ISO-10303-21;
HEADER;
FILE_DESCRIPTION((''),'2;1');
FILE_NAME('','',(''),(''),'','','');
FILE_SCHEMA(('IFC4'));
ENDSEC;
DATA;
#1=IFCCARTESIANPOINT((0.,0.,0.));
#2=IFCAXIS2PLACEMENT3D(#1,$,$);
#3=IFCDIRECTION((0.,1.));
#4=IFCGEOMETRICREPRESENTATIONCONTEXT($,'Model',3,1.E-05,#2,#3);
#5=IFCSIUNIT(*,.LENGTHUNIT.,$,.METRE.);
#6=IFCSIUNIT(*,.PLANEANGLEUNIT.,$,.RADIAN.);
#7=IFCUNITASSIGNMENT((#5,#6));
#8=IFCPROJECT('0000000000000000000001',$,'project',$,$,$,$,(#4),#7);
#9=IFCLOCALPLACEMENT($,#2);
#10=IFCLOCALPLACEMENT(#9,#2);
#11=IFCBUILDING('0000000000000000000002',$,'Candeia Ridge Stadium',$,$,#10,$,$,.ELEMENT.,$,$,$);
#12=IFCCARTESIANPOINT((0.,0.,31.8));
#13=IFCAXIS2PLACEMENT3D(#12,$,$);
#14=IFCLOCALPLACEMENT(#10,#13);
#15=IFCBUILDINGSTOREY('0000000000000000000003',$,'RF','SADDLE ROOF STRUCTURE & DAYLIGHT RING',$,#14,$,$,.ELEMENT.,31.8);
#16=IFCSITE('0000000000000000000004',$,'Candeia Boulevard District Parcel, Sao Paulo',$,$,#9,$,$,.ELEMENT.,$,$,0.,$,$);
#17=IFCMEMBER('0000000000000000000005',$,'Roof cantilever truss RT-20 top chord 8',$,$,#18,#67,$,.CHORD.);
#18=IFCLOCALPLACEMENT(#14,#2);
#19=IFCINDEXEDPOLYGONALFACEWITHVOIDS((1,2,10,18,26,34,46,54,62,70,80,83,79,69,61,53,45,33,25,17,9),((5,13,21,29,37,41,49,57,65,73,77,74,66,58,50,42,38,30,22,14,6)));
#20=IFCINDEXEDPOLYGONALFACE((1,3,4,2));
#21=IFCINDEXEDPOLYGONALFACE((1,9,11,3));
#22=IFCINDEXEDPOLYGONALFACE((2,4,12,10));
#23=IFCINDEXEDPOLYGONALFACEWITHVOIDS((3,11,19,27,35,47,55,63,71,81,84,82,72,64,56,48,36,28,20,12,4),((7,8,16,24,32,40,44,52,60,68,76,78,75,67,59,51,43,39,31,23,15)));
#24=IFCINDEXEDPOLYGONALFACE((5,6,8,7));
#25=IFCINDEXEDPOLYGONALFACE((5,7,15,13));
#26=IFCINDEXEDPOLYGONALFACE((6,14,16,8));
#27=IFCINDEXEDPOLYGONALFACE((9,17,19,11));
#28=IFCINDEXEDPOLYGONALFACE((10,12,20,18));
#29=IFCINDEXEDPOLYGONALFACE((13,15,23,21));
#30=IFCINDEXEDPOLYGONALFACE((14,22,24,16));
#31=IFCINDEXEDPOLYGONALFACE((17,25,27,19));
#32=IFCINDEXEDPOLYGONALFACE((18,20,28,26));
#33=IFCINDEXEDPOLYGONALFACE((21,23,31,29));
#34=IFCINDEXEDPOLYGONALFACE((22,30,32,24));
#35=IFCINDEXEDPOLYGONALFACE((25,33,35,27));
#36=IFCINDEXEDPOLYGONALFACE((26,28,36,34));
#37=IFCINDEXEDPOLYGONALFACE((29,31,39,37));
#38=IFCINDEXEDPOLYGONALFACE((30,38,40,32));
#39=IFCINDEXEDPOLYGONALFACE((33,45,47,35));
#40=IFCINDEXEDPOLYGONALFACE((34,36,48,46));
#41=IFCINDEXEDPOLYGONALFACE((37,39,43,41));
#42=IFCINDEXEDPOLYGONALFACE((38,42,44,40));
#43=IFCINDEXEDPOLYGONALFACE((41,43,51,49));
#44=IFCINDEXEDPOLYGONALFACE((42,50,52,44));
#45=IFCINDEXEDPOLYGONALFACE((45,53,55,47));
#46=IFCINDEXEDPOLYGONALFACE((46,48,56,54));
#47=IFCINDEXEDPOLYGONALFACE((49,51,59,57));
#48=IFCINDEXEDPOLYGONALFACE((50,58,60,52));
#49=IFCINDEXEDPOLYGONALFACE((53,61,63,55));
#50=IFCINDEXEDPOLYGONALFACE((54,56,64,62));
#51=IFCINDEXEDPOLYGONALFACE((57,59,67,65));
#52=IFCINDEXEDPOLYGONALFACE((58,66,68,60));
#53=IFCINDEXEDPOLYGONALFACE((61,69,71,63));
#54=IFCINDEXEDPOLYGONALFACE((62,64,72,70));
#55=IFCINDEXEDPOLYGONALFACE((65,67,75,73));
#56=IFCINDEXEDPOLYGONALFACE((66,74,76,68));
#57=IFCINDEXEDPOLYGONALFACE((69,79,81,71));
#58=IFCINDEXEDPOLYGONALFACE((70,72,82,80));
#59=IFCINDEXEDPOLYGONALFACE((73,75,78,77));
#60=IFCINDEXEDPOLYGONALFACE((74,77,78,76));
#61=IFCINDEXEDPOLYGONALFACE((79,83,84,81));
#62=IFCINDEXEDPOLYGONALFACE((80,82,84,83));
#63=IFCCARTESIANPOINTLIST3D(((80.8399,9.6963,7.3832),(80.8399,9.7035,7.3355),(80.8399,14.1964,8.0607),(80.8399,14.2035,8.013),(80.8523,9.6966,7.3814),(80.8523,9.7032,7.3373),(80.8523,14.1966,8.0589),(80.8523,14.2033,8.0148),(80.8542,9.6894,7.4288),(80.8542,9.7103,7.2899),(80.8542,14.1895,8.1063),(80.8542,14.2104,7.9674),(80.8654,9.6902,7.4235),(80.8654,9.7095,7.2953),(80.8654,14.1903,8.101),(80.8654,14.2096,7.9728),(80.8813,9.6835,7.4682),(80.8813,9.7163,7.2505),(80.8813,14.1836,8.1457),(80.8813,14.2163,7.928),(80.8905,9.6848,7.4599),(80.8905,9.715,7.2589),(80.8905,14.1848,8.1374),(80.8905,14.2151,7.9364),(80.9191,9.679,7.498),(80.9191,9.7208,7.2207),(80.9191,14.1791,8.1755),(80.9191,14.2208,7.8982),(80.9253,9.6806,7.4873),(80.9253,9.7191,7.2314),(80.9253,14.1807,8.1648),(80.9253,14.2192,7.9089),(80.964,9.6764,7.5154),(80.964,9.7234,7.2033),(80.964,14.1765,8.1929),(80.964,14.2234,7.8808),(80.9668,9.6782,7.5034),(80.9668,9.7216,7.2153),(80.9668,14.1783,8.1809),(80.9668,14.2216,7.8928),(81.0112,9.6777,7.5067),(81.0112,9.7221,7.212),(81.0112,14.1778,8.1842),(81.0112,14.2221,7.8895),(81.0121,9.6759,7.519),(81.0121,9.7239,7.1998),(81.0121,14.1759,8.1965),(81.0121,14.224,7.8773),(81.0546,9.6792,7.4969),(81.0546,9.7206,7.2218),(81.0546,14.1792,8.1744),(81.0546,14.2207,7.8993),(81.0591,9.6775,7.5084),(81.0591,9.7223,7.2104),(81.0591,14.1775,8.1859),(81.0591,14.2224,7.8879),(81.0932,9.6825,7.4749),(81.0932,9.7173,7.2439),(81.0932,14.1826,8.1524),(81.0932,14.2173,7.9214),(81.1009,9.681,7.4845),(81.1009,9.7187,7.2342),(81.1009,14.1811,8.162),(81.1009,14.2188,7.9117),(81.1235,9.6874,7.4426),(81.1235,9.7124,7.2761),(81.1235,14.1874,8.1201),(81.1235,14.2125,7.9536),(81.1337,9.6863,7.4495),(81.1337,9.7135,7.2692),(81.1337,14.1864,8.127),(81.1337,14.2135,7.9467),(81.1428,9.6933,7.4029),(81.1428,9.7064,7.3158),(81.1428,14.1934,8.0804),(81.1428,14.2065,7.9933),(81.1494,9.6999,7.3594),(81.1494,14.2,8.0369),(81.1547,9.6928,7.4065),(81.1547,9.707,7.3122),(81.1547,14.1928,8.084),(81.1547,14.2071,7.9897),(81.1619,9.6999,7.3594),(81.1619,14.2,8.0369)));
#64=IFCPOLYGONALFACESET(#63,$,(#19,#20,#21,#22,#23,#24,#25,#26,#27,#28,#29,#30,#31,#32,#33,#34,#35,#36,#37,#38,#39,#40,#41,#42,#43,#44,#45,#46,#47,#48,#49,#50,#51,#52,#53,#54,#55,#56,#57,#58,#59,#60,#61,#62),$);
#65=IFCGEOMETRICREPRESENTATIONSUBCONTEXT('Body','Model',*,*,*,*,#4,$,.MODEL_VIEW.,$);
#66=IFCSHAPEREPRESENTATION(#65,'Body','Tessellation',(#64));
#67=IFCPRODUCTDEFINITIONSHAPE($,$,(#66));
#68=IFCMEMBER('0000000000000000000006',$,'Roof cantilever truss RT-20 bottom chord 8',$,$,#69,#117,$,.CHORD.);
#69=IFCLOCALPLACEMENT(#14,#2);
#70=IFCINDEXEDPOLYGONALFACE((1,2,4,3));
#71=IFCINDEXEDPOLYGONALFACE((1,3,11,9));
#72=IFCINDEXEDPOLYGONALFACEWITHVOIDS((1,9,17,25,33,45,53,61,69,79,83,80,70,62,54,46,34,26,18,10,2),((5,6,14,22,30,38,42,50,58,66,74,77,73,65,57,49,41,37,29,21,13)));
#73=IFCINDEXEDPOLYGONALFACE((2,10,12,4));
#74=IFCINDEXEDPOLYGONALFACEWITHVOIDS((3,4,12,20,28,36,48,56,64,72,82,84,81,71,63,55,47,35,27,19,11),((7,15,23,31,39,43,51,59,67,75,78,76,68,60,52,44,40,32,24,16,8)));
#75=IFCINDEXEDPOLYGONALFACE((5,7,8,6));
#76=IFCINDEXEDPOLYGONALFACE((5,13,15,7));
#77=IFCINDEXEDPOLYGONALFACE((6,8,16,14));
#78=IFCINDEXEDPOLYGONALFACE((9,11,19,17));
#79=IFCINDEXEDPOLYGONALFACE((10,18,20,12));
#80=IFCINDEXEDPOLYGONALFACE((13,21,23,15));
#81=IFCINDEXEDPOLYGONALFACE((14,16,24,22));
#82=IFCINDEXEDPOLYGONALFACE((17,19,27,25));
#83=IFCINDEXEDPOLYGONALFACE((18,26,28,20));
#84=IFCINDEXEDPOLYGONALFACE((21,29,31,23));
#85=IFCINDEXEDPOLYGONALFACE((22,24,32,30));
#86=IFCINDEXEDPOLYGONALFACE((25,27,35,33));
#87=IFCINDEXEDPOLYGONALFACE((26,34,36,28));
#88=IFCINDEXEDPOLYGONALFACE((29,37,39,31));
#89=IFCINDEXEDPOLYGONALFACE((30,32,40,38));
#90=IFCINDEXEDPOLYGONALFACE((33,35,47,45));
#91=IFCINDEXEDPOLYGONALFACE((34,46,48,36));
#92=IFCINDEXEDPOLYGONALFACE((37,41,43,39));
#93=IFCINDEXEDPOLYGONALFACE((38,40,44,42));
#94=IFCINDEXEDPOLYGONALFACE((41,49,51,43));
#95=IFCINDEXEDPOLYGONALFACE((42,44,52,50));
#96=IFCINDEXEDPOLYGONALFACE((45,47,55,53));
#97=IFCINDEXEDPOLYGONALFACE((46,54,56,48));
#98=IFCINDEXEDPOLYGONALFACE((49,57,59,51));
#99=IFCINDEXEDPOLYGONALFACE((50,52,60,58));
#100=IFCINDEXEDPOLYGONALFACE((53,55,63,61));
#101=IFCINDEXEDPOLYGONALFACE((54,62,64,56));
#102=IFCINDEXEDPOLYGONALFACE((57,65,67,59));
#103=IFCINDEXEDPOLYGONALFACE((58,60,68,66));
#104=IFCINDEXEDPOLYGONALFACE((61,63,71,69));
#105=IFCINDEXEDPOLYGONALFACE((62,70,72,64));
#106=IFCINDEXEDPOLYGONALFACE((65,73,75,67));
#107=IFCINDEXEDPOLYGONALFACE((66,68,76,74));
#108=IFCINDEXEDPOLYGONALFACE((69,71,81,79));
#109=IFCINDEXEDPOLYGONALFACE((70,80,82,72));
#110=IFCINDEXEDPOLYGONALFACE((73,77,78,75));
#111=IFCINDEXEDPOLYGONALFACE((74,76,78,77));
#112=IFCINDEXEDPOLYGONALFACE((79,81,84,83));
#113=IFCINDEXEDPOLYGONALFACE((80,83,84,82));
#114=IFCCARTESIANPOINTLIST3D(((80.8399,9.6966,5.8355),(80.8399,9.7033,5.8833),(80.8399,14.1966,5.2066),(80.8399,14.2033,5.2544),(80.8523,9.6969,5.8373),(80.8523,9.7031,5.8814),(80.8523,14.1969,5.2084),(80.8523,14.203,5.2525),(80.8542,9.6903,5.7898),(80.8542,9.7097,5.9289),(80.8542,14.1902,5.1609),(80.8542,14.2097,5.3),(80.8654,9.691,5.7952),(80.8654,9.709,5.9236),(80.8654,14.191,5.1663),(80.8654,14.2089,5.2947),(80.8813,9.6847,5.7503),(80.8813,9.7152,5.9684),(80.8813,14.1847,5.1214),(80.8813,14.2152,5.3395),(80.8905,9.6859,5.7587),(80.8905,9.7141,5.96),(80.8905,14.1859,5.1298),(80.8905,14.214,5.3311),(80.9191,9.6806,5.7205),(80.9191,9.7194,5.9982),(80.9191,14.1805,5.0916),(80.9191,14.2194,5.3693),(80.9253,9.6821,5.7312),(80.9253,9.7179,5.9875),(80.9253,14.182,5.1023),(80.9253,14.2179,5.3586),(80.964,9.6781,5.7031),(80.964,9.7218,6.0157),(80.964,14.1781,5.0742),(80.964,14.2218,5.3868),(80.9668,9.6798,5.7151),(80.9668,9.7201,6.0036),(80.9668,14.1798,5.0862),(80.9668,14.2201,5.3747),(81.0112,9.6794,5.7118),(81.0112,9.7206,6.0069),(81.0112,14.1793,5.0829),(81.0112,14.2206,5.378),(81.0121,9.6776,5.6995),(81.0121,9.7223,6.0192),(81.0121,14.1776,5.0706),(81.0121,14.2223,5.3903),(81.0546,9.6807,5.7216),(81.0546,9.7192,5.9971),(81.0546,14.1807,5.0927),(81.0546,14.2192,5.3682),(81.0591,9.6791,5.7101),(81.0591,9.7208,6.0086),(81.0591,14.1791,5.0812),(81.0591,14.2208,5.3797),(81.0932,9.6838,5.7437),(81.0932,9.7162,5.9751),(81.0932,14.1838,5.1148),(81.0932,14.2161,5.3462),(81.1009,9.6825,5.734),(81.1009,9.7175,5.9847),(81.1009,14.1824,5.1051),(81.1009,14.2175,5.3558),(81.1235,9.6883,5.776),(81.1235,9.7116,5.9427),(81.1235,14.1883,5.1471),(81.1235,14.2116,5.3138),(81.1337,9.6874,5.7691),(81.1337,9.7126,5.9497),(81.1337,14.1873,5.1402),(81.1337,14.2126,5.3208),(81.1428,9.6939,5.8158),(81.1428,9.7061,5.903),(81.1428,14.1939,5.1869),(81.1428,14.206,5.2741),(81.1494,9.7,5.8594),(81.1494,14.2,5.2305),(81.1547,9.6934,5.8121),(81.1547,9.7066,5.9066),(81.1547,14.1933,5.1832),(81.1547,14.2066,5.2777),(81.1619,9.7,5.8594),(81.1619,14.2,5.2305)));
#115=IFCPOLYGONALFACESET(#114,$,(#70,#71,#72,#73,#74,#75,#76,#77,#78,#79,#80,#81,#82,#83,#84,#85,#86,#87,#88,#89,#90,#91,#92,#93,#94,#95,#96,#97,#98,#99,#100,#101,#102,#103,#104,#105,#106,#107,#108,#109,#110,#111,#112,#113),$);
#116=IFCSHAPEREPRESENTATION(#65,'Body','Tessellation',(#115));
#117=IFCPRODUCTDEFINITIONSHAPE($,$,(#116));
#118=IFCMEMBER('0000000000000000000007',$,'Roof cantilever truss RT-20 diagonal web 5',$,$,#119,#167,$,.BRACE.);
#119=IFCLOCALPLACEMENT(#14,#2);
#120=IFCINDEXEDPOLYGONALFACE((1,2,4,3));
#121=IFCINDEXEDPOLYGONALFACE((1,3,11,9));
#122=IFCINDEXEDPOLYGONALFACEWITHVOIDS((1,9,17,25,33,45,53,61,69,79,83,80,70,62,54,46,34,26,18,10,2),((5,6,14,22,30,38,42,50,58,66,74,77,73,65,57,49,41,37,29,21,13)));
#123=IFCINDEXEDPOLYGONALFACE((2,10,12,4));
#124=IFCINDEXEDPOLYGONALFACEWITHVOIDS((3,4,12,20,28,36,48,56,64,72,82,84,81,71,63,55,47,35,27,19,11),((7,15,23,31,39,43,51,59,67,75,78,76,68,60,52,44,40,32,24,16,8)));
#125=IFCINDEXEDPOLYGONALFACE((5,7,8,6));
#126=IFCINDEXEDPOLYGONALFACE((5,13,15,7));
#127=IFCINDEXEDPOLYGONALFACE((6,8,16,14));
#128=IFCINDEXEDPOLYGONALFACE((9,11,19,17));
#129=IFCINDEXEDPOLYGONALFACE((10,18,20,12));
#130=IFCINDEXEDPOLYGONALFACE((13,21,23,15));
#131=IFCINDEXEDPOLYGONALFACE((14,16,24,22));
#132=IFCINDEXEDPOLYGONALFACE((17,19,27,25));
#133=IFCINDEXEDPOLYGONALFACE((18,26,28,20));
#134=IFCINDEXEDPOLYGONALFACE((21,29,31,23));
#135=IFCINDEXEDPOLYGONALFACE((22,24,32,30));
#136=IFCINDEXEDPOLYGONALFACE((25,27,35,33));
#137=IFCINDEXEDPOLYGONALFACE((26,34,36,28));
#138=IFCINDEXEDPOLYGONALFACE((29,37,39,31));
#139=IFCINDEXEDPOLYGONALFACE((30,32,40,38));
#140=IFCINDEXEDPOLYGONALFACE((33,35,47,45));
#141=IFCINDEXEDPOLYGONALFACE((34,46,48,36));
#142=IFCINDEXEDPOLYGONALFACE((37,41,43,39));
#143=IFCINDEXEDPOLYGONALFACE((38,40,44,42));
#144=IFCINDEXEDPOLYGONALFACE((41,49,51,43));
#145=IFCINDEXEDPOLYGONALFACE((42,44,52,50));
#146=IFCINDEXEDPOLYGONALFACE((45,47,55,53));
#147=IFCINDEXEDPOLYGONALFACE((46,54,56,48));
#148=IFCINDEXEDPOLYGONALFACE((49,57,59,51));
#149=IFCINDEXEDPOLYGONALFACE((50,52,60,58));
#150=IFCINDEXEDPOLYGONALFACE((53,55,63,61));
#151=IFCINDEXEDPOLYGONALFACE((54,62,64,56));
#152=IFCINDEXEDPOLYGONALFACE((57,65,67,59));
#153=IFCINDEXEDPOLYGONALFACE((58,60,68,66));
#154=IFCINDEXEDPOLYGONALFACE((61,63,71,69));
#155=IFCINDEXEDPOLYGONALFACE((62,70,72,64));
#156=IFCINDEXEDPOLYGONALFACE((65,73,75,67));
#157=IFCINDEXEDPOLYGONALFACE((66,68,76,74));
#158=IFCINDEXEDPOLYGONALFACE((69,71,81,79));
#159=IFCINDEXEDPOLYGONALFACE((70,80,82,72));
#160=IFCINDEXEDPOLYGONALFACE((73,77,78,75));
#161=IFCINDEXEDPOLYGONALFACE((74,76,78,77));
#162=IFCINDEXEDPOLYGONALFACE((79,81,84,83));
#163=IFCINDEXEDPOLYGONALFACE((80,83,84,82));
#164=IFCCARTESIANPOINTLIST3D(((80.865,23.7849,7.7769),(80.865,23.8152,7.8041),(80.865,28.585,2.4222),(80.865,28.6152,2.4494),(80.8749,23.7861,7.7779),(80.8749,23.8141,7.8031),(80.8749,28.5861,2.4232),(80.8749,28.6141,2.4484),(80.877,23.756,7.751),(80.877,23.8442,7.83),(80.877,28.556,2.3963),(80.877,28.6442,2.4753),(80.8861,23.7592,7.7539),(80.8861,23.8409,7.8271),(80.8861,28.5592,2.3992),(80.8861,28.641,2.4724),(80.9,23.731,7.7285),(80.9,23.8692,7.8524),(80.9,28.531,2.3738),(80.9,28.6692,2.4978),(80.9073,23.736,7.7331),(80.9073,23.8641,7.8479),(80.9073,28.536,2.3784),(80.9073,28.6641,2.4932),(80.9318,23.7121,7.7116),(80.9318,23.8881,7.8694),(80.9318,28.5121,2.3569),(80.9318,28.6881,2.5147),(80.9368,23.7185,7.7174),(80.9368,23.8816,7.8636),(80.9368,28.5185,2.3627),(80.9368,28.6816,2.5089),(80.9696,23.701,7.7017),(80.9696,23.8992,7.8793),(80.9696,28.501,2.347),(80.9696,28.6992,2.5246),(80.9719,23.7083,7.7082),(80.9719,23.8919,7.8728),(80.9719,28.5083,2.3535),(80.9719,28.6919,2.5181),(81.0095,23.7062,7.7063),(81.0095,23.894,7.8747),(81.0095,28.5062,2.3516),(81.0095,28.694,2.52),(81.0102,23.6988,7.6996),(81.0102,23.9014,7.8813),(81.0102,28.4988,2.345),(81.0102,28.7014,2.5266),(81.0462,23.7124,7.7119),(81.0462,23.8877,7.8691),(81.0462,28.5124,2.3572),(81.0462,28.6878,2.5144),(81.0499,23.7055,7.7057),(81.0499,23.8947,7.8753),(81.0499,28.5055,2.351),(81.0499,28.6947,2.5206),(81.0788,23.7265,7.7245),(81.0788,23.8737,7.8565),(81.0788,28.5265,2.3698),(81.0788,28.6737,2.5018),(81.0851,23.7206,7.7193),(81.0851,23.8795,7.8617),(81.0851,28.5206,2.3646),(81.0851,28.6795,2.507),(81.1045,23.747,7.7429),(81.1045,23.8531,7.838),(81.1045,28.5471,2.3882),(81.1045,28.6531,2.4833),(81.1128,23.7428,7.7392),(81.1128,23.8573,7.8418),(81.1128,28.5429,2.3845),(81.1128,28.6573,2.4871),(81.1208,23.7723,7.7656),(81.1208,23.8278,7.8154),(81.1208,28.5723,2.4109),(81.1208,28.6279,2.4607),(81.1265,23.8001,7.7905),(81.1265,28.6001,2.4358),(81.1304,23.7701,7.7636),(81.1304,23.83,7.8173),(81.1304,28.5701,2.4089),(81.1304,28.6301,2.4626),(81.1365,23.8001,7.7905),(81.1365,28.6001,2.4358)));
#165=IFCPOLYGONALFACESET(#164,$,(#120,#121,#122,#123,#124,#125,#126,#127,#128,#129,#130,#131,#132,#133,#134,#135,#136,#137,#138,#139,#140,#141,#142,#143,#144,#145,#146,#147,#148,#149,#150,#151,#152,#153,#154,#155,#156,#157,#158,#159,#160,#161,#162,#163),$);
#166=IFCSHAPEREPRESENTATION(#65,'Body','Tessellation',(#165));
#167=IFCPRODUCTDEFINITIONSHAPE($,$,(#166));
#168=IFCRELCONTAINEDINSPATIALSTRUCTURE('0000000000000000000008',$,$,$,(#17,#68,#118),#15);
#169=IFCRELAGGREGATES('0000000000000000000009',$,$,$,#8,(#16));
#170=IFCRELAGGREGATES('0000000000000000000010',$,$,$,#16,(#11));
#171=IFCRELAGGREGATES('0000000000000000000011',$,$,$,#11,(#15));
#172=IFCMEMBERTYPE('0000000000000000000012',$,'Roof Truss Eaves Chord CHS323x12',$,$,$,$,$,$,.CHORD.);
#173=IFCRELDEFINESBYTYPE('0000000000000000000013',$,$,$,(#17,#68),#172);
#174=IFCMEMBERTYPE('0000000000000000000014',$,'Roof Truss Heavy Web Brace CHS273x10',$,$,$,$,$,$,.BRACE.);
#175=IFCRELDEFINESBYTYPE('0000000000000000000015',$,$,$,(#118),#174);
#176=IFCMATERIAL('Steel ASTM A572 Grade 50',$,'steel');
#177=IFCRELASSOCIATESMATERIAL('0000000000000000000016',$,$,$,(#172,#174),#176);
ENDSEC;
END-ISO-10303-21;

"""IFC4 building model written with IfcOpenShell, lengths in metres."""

from ifc_helpers import new_model, si_unit, direction, frame, origin, origin_2d, place, context, subcontext, project, spatial, hollow_circle, extrude, material, material_profile, profile_set, type_object, element, save


model = new_model("IFC4")

# Units and contexts
model_context = context("Model", 3, precision=1e-05, world=origin(), true_north=direction((0.0, 1.0)))
body_context = subcontext(model_context, "Body", "Model", "MODEL_VIEW")
ifc_project = project(units=[si_unit("LENGTHUNIT", "METRE"), si_unit("PLANEANGLEUNIT", "RADIAN")], contexts=[model_context])

# Site, building, storey
site_placement = place(None, origin())
site = spatial("IfcSite", under=ifc_project, at=site_placement, Name="Candeia Boulevard District Parcel, Sao Paulo", CompositionType="ELEMENT", RefElevation=0.0)
building_placement = place(site_placement, origin())
building = spatial("IfcBuilding", under=site, at=building_placement, Name="Candeia Ridge Stadium", CompositionType="ELEMENT")
storey_placement = place(building_placement, frame((0.0, 0.0, 31.8)))
storey = spatial("IfcBuildingStorey", under=building, at=storey_placement, Name="RF", Description="SADDLE ROOF STRUCTURE & DAYLIGHT RING", CompositionType="ELEMENT", Elevation=31.8)

# Shared definitions
ifc_material_1 = material(Name="Steel ASTM A572 Grade 50", Category="steel")

# Members
ifc_material_profile_1 = material_profile(ifc_material_1, hollow_circle(Radius=0.1619, WallThickness=0.0125, at=origin_2d()), Name="CHS323x12", Category="steel")
ifc_profile_set_1 = profile_set([ifc_material_profile_1], Name="Steel ASTM A572 Grade 50")
member_type_1 = type_object("IfcMemberType", Name="Roof Truss Eaves Chord CHS323x12", PredefinedType="CHORD", material=ifc_profile_set_1)
member_1_placement = place(storey_placement, frame((81.0, 14.2, 8.0369), z_axis=(0.0, -0.988856, -0.148876), x_axis=(1.0, 0.0, 0.0)))
element("IfcMember", 1, at=member_1_placement, inside=storey, type_object=member_type_1, Name="Roof cantilever truss RT-20 top chord 8", PredefinedType="CHORD", context=body_context, shape_type="SweptSolid", body=[
    extrude(hollow_circle(Radius=0.1619, WallThickness=0.0125, at=origin_2d()), origin(), (0.0, 0.0, 1.0), 4.5508),
])
member_2_placement = place(storey_placement, frame((81.0, 14.2, 5.2305), z_axis=(0.0, -0.990375, 0.138412), x_axis=(1.0, 0.0, 0.0)))
element("IfcMember", 2, at=member_2_placement, inside=storey, type_object=member_type_1, Name="Roof cantilever truss RT-20 bottom chord 8", PredefinedType="CHORD", context=body_context, shape_type="SweptSolid", body=[
    extrude(hollow_circle(Radius=0.1619, WallThickness=0.0125, at=origin_2d()), origin(), (0.0, 0.0, 1.0), 4.5437),
])
ifc_material_profile_2 = material_profile(ifc_material_1, hollow_circle(Radius=0.1365, WallThickness=0.01, at=origin_2d()), Name="CHS273x10", Category="steel")
ifc_profile_set_2 = profile_set([ifc_material_profile_2], Name="Steel ASTM A572 Grade 50")
member_type_2 = type_object("IfcMemberType", Name="Roof Truss Heavy Web Brace CHS273x10", PredefinedType="BRACE", material=ifc_profile_set_2)
member_3_placement = place(storey_placement, frame((81.0, 28.6001, 2.4358), z_axis=(0.0, -0.667487, 0.744621), x_axis=(1.0, 0.0, 0.0)))
element("IfcMember", 3, at=member_3_placement, inside=storey, type_object=member_type_2, Name="Roof cantilever truss RT-20 diagonal web 5", PredefinedType="BRACE", context=body_context, shape_type="SweptSolid", body=[
    extrude(hollow_circle(Radius=0.1365, WallThickness=0.01, at=origin_2d()), origin(), (0.0, 0.0, 1.0), 7.1912),
])

save(model, "model.ifc")
